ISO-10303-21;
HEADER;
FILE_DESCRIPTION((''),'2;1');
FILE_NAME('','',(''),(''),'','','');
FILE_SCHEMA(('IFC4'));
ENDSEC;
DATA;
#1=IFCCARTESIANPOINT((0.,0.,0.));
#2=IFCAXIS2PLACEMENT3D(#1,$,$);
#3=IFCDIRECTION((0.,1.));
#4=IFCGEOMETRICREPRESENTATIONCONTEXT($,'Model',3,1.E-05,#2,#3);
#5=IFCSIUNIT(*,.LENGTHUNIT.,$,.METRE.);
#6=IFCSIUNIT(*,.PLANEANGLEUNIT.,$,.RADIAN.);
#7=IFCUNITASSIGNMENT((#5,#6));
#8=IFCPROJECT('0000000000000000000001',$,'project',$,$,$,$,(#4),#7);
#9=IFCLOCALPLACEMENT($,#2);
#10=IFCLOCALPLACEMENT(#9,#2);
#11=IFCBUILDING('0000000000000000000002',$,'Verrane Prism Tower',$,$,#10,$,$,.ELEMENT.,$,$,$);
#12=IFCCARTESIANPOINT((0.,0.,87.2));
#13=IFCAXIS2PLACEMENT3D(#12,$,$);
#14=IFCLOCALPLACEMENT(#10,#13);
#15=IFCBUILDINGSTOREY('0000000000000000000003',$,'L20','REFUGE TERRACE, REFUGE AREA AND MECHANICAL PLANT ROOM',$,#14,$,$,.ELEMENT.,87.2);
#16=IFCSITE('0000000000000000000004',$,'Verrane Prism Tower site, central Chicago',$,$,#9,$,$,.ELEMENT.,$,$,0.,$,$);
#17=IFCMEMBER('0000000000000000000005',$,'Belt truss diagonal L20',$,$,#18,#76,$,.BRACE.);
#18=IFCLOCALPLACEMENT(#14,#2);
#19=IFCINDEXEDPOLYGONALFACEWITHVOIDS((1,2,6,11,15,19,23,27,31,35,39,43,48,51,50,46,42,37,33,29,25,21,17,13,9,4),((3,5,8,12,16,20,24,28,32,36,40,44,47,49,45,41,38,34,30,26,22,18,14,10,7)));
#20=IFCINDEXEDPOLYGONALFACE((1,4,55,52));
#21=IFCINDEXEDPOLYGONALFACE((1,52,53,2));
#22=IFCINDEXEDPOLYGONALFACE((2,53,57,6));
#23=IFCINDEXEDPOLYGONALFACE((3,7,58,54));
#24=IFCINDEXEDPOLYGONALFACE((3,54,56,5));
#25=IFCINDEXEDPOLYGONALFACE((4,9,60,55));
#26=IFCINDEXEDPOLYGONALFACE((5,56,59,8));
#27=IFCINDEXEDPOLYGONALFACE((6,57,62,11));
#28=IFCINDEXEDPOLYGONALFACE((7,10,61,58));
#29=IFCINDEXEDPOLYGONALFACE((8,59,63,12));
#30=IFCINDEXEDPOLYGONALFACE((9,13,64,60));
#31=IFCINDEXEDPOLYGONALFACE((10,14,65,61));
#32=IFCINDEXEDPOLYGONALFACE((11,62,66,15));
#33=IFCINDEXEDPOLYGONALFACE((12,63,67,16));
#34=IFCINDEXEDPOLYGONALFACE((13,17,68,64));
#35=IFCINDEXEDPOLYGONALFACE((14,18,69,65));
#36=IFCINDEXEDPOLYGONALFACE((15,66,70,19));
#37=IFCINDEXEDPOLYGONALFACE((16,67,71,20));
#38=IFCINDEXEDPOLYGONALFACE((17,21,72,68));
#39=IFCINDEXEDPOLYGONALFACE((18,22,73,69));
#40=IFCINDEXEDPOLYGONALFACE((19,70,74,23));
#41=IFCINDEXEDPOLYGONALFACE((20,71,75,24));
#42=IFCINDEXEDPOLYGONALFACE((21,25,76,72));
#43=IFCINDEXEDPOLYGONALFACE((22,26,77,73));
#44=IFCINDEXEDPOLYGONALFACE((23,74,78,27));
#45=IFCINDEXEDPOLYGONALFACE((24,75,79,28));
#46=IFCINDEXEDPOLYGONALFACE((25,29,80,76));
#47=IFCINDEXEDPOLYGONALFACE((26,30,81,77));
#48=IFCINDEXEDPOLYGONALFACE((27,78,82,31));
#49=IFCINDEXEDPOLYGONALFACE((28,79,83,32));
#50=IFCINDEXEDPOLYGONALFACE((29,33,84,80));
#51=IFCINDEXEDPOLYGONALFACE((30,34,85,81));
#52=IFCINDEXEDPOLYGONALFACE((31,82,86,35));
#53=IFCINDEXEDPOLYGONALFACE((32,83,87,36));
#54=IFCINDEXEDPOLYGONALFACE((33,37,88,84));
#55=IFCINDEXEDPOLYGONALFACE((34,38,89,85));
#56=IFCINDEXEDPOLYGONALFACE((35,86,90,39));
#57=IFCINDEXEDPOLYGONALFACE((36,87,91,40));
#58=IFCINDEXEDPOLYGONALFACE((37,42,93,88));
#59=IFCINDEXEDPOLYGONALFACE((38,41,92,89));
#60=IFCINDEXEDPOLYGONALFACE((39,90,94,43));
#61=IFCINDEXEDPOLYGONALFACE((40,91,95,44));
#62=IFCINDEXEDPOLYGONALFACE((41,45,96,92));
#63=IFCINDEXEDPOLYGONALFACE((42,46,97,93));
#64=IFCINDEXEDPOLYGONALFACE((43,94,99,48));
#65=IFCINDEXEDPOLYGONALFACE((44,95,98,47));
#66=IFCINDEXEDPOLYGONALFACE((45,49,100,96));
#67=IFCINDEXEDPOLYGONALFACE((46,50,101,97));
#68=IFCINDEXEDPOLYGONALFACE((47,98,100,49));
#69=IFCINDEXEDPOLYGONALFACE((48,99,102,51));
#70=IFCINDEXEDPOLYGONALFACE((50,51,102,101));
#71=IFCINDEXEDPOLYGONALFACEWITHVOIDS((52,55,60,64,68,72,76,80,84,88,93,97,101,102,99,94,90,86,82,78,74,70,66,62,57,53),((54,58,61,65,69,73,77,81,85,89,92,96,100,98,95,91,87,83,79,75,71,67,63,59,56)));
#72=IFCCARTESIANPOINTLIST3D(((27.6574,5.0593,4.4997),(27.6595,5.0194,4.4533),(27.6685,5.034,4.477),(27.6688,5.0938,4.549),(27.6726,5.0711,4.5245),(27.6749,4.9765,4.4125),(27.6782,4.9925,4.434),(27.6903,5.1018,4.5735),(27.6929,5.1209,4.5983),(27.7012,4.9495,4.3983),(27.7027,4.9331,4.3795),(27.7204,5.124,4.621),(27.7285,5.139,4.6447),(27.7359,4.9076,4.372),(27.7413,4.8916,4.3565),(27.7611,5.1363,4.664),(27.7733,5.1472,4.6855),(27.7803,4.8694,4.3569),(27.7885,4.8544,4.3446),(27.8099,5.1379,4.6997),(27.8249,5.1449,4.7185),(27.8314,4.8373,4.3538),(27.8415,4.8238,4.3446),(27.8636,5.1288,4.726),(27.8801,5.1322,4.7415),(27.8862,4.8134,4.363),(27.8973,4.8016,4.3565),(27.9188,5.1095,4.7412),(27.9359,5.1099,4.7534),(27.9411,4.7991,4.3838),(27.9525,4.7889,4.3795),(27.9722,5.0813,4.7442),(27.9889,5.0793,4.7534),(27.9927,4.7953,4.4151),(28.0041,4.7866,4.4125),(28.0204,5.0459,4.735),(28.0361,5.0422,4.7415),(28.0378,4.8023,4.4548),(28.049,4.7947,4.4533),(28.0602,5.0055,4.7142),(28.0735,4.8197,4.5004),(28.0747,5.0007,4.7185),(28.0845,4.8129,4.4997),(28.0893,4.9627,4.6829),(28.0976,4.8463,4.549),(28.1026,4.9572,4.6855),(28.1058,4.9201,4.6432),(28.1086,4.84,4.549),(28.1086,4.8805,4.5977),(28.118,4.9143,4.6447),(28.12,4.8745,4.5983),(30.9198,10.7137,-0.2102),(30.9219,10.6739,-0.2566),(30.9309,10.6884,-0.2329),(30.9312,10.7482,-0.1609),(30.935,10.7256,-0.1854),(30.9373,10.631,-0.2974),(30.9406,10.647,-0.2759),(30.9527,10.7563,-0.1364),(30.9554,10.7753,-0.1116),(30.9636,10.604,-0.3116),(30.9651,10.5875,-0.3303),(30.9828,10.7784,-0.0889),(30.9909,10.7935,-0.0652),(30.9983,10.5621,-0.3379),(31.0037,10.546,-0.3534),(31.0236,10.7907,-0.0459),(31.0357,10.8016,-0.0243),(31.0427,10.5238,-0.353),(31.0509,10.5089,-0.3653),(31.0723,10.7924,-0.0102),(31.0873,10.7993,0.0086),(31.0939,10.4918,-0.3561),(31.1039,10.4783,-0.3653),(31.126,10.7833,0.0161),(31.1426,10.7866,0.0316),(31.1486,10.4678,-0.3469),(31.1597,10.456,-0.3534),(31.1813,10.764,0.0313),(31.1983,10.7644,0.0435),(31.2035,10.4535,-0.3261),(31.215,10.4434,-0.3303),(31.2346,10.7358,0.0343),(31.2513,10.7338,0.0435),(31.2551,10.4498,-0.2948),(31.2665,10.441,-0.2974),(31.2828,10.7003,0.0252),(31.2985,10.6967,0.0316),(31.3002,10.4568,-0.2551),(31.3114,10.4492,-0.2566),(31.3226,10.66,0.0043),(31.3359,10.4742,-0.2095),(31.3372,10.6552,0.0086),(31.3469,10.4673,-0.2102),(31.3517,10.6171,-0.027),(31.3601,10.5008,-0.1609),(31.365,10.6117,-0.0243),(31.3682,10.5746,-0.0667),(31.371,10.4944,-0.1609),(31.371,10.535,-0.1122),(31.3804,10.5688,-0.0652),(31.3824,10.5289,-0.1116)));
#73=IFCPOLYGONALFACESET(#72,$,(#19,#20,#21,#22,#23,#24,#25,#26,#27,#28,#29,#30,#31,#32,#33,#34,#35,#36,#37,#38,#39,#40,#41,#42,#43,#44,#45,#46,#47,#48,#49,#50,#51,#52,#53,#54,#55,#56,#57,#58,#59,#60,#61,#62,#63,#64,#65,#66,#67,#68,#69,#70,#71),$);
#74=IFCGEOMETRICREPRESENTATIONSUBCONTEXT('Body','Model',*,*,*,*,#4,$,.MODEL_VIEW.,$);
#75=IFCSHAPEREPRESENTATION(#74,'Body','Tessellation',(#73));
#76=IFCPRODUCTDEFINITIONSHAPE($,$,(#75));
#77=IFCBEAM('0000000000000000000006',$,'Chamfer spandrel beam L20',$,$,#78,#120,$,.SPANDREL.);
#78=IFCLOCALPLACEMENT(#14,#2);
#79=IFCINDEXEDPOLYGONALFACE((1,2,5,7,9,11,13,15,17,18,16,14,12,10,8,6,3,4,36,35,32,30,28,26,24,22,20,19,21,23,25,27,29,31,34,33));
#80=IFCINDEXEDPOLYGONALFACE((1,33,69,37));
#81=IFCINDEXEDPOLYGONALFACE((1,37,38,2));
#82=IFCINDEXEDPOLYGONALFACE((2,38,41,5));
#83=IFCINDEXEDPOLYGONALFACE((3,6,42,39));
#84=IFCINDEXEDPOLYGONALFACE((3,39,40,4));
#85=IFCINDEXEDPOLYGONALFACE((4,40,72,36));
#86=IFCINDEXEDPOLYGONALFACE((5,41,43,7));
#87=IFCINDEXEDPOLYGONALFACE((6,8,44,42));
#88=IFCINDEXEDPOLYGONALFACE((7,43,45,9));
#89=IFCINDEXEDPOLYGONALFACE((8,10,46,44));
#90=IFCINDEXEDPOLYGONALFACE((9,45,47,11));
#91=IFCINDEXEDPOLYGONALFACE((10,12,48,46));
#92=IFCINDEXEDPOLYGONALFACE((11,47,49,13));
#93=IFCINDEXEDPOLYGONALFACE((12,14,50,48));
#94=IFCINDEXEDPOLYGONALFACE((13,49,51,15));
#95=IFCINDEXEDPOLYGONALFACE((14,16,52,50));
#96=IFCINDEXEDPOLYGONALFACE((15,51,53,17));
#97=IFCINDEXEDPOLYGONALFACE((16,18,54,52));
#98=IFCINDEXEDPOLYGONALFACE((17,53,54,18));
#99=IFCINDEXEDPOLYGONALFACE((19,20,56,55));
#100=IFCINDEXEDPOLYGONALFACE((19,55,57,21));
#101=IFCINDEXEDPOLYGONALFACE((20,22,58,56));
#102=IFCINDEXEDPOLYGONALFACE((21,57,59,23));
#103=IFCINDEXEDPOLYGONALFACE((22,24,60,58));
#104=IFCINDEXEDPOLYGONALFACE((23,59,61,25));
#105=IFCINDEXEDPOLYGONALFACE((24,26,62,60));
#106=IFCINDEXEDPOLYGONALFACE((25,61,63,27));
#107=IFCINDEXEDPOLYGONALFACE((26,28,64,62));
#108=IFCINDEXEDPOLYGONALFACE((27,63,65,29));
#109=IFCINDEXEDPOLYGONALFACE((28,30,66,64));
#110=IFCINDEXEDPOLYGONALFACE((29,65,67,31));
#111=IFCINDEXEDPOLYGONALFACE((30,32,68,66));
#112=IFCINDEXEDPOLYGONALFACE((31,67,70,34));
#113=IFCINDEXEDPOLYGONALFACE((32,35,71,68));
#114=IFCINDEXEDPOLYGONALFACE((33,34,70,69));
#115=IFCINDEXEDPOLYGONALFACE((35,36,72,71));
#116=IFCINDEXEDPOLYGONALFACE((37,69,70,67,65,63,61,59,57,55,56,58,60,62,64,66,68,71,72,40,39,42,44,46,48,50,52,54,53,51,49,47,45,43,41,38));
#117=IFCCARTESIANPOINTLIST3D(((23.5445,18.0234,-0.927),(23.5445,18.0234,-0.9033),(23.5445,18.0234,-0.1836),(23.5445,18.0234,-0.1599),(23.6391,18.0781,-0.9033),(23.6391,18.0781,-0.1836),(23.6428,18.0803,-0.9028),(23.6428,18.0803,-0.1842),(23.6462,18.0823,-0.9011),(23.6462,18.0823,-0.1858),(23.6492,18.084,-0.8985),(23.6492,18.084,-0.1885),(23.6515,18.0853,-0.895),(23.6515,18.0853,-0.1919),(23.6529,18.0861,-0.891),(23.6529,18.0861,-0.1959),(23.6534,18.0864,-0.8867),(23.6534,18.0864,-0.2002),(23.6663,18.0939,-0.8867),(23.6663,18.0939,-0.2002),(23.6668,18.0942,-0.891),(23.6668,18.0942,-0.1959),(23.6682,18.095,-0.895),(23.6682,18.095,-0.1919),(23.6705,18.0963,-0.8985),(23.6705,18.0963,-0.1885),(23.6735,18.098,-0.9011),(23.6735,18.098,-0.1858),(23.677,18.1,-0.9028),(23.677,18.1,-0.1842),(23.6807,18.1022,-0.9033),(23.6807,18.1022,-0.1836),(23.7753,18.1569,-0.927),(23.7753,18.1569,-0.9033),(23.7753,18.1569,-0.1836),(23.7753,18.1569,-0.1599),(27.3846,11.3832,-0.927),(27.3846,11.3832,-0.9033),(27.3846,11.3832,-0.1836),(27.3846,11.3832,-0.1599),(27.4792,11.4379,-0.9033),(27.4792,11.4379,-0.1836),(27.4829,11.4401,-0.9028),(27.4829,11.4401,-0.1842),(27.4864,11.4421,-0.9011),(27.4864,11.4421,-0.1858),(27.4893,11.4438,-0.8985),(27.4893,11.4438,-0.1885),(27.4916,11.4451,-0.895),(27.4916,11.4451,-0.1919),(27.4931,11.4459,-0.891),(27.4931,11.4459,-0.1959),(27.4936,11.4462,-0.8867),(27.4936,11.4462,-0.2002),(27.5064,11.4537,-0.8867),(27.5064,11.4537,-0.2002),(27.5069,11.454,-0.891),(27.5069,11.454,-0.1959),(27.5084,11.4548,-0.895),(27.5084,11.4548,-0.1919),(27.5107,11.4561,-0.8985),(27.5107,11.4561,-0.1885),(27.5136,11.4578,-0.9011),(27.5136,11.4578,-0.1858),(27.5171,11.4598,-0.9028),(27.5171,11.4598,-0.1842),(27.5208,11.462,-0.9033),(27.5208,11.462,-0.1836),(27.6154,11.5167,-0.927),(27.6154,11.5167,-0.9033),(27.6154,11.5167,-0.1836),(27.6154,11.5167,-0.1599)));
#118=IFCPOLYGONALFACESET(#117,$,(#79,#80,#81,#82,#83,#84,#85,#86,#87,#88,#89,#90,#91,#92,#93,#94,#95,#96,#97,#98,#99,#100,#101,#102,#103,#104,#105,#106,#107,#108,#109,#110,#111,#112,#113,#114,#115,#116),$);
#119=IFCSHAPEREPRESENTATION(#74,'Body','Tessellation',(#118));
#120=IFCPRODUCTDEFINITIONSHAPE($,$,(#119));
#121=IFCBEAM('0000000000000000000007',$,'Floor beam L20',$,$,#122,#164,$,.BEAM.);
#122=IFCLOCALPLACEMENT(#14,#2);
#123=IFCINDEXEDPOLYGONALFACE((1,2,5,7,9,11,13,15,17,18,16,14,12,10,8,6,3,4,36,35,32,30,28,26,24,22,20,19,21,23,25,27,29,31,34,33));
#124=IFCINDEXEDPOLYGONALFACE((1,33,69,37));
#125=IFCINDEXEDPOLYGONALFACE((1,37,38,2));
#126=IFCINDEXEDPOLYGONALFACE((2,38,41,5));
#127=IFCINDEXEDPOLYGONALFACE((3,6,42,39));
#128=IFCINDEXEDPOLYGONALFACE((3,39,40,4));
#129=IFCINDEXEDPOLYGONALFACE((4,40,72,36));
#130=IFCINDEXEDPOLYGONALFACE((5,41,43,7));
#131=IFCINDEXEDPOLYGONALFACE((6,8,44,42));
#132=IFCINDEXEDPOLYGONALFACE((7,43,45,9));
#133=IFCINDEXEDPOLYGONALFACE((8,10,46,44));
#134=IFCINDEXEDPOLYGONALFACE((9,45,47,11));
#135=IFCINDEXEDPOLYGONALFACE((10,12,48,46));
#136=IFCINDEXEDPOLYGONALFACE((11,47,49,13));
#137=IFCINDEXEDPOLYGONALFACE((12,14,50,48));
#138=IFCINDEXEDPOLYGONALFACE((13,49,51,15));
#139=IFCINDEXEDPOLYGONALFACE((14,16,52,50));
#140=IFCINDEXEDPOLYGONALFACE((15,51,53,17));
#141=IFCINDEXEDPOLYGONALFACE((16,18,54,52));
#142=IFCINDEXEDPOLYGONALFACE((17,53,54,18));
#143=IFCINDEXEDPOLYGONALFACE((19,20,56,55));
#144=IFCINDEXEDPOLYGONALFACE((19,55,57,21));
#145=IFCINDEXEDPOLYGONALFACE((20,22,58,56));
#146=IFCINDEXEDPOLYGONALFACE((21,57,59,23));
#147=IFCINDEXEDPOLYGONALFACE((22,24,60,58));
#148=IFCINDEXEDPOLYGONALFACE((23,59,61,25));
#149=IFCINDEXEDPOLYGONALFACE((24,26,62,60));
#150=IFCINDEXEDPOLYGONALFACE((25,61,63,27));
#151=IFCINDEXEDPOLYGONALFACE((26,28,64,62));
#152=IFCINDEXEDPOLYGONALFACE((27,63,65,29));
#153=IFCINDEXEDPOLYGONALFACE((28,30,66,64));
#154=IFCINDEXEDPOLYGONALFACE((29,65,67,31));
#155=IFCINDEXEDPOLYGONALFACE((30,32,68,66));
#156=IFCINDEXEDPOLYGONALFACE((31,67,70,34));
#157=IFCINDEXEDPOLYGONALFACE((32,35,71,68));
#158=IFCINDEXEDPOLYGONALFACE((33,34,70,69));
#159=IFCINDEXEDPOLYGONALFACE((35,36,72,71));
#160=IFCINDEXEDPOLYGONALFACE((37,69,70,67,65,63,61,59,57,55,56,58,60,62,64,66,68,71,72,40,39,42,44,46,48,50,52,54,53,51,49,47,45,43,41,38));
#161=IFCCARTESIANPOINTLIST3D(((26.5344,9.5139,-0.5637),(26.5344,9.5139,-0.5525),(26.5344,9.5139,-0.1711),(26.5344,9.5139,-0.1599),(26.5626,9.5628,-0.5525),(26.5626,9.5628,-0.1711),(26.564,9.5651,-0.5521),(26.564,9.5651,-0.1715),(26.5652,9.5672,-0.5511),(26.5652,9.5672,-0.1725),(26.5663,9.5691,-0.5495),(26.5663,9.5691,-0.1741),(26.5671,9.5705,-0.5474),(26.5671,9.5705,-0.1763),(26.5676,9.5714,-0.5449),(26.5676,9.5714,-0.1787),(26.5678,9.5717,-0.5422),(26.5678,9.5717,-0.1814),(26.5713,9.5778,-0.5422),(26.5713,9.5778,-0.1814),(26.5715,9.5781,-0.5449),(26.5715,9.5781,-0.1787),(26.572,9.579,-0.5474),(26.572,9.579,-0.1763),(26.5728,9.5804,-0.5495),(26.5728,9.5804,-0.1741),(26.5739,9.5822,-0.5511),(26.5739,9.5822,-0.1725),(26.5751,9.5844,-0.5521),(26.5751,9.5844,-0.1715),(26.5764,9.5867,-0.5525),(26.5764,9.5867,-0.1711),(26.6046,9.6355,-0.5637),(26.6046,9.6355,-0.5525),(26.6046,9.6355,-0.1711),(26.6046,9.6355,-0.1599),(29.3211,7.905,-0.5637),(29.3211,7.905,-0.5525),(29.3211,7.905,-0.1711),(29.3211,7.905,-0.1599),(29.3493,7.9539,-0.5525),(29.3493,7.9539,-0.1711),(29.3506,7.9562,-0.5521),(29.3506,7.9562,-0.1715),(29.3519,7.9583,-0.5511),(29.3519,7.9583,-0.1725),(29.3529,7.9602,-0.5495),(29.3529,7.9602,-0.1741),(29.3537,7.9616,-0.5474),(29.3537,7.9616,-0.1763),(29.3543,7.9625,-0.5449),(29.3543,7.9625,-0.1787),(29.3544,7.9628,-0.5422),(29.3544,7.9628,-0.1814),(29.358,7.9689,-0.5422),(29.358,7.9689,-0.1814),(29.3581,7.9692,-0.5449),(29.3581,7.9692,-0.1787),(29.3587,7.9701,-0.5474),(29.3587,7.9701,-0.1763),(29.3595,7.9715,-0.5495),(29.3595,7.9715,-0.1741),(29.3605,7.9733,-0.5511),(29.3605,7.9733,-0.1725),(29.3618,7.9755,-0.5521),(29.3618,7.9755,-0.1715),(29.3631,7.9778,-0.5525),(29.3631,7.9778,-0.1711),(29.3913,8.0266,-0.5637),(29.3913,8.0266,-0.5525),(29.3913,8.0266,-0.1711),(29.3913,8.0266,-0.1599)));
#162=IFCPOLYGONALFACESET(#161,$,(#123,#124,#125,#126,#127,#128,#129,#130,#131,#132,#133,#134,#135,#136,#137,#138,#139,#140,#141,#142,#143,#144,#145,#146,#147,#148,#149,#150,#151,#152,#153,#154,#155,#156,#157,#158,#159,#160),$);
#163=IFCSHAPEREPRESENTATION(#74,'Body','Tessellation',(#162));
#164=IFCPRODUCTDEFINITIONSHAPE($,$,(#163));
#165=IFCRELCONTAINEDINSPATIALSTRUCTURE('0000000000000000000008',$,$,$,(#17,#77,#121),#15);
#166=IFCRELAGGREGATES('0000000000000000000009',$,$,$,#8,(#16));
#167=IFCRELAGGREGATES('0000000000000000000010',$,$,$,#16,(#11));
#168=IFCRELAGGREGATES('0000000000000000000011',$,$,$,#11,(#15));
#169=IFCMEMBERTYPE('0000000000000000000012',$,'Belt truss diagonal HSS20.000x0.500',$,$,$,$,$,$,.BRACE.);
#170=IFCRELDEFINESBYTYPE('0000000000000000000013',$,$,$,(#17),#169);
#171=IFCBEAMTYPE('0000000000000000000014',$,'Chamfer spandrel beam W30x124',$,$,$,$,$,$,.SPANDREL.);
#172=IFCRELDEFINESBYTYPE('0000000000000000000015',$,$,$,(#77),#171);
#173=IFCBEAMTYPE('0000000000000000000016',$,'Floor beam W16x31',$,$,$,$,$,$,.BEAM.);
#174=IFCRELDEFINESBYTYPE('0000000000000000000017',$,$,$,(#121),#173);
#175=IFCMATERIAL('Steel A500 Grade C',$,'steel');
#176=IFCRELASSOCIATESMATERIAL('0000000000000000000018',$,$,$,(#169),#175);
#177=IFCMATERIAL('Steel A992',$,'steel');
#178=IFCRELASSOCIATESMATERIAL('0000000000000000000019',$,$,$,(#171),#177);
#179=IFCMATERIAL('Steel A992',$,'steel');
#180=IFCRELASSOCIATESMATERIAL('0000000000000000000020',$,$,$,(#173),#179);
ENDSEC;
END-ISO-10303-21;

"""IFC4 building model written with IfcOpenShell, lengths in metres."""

from ifc_helpers import new_model, si_unit, direction, frame, origin, origin_2d, place, context, subcontext, project, spatial, hollow_circle, i_section, extrude, material, material_profile, profile_set, type_object, element, save


model = new_model("IFC4")

# Units and contexts
model_context = context("Model", 3, precision=1e-05, world=origin(), true_north=direction((0.0, 1.0)))
body_context = subcontext(model_context, "Body", "Model", "MODEL_VIEW")
ifc_project = project(units=[si_unit("LENGTHUNIT", "METRE"), si_unit("PLANEANGLEUNIT", "RADIAN")], contexts=[model_context])

# Site, building, storey
site_placement = place(None, origin())
site = spatial("IfcSite", under=ifc_project, at=site_placement, Name="Verrane Prism Tower site, central Chicago", CompositionType="ELEMENT", RefElevation=0.0)
building_placement = place(site_placement, origin())
building = spatial("IfcBuilding", under=site, at=building_placement, Name="Verrane Prism Tower", CompositionType="ELEMENT")
storey_placement = place(building_placement, frame((0.0, 0.0, 87.2)))
storey = spatial("IfcBuildingStorey", under=building, at=storey_placement, Name="L20", Description="REFUGE TERRACE, REFUGE AREA AND MECHANICAL PLANT ROOM", CompositionType="ELEMENT", Elevation=87.2)

# Member
ifc_material_1 = material(Name="Steel A500 Grade C", Category="steel")
ifc_material_profile_1 = material_profile(ifc_material_1, hollow_circle(Radius=0.2539, WallThickness=0.0127, at=origin_2d()), Name="HSS20.000x0.500")
ifc_profile_set_1 = profile_set([ifc_material_profile_1], Name="Steel A500 Grade C")
member_type_1 = type_object("IfcMemberType", Name="Belt truss diagonal HSS20.000x0.500", PredefinedType="BRACE", material=ifc_profile_set_1)
member_1_placement = place(storey_placement, frame((31.1511, 10.6213, -0.1609), z_axis=(-0.405278, -0.702435, 0.585094), x_axis=(0.866171, -0.499747, 0.0)))
element("IfcMember", 1, at=member_1_placement, inside=storey, type_object=member_type_1, Name="Belt truss diagonal L20", PredefinedType="BRACE", context=body_context, shape_type="SweptSolid", body=[
    extrude(hollow_circle(Radius=0.2539, WallThickness=0.0127, at=origin_2d()), origin(), (0.0, 0.0, 1.0), 8.0498),
])

# Beams
ifc_material_2 = material(Name="Steel A992", Category="steel")
ifc_material_profile_2 = material_profile(ifc_material_2, i_section(OverallWidth=0.2666, OverallDepth=0.7671, WebThickness=0.0149, FlangeThickness=0.0237, FilletRadius=0.0166, at=origin_2d()), Name="W30x124")
ifc_profile_set_2 = profile_set([ifc_material_profile_2], Name="Steel A992")
beam_type_1 = type_object("IfcBeamType", Name="Chamfer spandrel beam W30x124", PredefinedType="SPANDREL", material=ifc_profile_set_2)
beam_1_placement = place(storey_placement, frame((27.5, 11.45, -0.5435), z_axis=(-0.500626, 0.865664, 0.0), x_axis=(-0.865664, -0.500626, 0.0)))
element("IfcBeam", 2, at=beam_1_placement, inside=storey, type_object=beam_type_1, Name="Chamfer spandrel beam L20", PredefinedType="SPANDREL", context=body_context, shape_type="SweptSolid", body=[
    extrude(i_section(OverallWidth=0.2666, OverallDepth=0.7671, WebThickness=0.0149, FlangeThickness=0.0237, FilletRadius=0.0166, at=origin_2d()), origin(), (0.0, 0.0, 1.0), 7.6707),
])
ifc_material_3 = material(Name="Steel A992", Category="steel")
ifc_material_profile_3 = material_profile(ifc_material_3, i_section(OverallWidth=0.1404, OverallDepth=0.4038, WebThickness=0.0071, FlangeThickness=0.0112, FilletRadius=0.0103, at=origin_2d()), Name="W16x31")
ifc_profile_set_3 = profile_set([ifc_material_profile_3], Name="Steel A992")
beam_type_2 = type_object("IfcBeamType", Name="Floor beam W16x31", PredefinedType="BEAM", material=ifc_profile_set_3)
beam_2_placement = place(storey_placement, frame((29.3562, 7.9658, -0.3618), z_axis=(-0.866021, 0.500007, 0.0), x_axis=(-0.500007, -0.866021, 0.0)))
element("IfcBeam", 3, at=beam_2_placement, inside=storey, type_object=beam_type_2, Name="Floor beam L20", PredefinedType="BEAM", context=body_context, shape_type="SweptSolid", body=[
    extrude(i_section(OverallWidth=0.1404, OverallDepth=0.4038, WebThickness=0.0071, FlangeThickness=0.0112, FilletRadius=0.0103, at=origin_2d()), origin(), (0.0, 0.0, 1.0), 3.2178),
])

save(model, "model.ifc")
